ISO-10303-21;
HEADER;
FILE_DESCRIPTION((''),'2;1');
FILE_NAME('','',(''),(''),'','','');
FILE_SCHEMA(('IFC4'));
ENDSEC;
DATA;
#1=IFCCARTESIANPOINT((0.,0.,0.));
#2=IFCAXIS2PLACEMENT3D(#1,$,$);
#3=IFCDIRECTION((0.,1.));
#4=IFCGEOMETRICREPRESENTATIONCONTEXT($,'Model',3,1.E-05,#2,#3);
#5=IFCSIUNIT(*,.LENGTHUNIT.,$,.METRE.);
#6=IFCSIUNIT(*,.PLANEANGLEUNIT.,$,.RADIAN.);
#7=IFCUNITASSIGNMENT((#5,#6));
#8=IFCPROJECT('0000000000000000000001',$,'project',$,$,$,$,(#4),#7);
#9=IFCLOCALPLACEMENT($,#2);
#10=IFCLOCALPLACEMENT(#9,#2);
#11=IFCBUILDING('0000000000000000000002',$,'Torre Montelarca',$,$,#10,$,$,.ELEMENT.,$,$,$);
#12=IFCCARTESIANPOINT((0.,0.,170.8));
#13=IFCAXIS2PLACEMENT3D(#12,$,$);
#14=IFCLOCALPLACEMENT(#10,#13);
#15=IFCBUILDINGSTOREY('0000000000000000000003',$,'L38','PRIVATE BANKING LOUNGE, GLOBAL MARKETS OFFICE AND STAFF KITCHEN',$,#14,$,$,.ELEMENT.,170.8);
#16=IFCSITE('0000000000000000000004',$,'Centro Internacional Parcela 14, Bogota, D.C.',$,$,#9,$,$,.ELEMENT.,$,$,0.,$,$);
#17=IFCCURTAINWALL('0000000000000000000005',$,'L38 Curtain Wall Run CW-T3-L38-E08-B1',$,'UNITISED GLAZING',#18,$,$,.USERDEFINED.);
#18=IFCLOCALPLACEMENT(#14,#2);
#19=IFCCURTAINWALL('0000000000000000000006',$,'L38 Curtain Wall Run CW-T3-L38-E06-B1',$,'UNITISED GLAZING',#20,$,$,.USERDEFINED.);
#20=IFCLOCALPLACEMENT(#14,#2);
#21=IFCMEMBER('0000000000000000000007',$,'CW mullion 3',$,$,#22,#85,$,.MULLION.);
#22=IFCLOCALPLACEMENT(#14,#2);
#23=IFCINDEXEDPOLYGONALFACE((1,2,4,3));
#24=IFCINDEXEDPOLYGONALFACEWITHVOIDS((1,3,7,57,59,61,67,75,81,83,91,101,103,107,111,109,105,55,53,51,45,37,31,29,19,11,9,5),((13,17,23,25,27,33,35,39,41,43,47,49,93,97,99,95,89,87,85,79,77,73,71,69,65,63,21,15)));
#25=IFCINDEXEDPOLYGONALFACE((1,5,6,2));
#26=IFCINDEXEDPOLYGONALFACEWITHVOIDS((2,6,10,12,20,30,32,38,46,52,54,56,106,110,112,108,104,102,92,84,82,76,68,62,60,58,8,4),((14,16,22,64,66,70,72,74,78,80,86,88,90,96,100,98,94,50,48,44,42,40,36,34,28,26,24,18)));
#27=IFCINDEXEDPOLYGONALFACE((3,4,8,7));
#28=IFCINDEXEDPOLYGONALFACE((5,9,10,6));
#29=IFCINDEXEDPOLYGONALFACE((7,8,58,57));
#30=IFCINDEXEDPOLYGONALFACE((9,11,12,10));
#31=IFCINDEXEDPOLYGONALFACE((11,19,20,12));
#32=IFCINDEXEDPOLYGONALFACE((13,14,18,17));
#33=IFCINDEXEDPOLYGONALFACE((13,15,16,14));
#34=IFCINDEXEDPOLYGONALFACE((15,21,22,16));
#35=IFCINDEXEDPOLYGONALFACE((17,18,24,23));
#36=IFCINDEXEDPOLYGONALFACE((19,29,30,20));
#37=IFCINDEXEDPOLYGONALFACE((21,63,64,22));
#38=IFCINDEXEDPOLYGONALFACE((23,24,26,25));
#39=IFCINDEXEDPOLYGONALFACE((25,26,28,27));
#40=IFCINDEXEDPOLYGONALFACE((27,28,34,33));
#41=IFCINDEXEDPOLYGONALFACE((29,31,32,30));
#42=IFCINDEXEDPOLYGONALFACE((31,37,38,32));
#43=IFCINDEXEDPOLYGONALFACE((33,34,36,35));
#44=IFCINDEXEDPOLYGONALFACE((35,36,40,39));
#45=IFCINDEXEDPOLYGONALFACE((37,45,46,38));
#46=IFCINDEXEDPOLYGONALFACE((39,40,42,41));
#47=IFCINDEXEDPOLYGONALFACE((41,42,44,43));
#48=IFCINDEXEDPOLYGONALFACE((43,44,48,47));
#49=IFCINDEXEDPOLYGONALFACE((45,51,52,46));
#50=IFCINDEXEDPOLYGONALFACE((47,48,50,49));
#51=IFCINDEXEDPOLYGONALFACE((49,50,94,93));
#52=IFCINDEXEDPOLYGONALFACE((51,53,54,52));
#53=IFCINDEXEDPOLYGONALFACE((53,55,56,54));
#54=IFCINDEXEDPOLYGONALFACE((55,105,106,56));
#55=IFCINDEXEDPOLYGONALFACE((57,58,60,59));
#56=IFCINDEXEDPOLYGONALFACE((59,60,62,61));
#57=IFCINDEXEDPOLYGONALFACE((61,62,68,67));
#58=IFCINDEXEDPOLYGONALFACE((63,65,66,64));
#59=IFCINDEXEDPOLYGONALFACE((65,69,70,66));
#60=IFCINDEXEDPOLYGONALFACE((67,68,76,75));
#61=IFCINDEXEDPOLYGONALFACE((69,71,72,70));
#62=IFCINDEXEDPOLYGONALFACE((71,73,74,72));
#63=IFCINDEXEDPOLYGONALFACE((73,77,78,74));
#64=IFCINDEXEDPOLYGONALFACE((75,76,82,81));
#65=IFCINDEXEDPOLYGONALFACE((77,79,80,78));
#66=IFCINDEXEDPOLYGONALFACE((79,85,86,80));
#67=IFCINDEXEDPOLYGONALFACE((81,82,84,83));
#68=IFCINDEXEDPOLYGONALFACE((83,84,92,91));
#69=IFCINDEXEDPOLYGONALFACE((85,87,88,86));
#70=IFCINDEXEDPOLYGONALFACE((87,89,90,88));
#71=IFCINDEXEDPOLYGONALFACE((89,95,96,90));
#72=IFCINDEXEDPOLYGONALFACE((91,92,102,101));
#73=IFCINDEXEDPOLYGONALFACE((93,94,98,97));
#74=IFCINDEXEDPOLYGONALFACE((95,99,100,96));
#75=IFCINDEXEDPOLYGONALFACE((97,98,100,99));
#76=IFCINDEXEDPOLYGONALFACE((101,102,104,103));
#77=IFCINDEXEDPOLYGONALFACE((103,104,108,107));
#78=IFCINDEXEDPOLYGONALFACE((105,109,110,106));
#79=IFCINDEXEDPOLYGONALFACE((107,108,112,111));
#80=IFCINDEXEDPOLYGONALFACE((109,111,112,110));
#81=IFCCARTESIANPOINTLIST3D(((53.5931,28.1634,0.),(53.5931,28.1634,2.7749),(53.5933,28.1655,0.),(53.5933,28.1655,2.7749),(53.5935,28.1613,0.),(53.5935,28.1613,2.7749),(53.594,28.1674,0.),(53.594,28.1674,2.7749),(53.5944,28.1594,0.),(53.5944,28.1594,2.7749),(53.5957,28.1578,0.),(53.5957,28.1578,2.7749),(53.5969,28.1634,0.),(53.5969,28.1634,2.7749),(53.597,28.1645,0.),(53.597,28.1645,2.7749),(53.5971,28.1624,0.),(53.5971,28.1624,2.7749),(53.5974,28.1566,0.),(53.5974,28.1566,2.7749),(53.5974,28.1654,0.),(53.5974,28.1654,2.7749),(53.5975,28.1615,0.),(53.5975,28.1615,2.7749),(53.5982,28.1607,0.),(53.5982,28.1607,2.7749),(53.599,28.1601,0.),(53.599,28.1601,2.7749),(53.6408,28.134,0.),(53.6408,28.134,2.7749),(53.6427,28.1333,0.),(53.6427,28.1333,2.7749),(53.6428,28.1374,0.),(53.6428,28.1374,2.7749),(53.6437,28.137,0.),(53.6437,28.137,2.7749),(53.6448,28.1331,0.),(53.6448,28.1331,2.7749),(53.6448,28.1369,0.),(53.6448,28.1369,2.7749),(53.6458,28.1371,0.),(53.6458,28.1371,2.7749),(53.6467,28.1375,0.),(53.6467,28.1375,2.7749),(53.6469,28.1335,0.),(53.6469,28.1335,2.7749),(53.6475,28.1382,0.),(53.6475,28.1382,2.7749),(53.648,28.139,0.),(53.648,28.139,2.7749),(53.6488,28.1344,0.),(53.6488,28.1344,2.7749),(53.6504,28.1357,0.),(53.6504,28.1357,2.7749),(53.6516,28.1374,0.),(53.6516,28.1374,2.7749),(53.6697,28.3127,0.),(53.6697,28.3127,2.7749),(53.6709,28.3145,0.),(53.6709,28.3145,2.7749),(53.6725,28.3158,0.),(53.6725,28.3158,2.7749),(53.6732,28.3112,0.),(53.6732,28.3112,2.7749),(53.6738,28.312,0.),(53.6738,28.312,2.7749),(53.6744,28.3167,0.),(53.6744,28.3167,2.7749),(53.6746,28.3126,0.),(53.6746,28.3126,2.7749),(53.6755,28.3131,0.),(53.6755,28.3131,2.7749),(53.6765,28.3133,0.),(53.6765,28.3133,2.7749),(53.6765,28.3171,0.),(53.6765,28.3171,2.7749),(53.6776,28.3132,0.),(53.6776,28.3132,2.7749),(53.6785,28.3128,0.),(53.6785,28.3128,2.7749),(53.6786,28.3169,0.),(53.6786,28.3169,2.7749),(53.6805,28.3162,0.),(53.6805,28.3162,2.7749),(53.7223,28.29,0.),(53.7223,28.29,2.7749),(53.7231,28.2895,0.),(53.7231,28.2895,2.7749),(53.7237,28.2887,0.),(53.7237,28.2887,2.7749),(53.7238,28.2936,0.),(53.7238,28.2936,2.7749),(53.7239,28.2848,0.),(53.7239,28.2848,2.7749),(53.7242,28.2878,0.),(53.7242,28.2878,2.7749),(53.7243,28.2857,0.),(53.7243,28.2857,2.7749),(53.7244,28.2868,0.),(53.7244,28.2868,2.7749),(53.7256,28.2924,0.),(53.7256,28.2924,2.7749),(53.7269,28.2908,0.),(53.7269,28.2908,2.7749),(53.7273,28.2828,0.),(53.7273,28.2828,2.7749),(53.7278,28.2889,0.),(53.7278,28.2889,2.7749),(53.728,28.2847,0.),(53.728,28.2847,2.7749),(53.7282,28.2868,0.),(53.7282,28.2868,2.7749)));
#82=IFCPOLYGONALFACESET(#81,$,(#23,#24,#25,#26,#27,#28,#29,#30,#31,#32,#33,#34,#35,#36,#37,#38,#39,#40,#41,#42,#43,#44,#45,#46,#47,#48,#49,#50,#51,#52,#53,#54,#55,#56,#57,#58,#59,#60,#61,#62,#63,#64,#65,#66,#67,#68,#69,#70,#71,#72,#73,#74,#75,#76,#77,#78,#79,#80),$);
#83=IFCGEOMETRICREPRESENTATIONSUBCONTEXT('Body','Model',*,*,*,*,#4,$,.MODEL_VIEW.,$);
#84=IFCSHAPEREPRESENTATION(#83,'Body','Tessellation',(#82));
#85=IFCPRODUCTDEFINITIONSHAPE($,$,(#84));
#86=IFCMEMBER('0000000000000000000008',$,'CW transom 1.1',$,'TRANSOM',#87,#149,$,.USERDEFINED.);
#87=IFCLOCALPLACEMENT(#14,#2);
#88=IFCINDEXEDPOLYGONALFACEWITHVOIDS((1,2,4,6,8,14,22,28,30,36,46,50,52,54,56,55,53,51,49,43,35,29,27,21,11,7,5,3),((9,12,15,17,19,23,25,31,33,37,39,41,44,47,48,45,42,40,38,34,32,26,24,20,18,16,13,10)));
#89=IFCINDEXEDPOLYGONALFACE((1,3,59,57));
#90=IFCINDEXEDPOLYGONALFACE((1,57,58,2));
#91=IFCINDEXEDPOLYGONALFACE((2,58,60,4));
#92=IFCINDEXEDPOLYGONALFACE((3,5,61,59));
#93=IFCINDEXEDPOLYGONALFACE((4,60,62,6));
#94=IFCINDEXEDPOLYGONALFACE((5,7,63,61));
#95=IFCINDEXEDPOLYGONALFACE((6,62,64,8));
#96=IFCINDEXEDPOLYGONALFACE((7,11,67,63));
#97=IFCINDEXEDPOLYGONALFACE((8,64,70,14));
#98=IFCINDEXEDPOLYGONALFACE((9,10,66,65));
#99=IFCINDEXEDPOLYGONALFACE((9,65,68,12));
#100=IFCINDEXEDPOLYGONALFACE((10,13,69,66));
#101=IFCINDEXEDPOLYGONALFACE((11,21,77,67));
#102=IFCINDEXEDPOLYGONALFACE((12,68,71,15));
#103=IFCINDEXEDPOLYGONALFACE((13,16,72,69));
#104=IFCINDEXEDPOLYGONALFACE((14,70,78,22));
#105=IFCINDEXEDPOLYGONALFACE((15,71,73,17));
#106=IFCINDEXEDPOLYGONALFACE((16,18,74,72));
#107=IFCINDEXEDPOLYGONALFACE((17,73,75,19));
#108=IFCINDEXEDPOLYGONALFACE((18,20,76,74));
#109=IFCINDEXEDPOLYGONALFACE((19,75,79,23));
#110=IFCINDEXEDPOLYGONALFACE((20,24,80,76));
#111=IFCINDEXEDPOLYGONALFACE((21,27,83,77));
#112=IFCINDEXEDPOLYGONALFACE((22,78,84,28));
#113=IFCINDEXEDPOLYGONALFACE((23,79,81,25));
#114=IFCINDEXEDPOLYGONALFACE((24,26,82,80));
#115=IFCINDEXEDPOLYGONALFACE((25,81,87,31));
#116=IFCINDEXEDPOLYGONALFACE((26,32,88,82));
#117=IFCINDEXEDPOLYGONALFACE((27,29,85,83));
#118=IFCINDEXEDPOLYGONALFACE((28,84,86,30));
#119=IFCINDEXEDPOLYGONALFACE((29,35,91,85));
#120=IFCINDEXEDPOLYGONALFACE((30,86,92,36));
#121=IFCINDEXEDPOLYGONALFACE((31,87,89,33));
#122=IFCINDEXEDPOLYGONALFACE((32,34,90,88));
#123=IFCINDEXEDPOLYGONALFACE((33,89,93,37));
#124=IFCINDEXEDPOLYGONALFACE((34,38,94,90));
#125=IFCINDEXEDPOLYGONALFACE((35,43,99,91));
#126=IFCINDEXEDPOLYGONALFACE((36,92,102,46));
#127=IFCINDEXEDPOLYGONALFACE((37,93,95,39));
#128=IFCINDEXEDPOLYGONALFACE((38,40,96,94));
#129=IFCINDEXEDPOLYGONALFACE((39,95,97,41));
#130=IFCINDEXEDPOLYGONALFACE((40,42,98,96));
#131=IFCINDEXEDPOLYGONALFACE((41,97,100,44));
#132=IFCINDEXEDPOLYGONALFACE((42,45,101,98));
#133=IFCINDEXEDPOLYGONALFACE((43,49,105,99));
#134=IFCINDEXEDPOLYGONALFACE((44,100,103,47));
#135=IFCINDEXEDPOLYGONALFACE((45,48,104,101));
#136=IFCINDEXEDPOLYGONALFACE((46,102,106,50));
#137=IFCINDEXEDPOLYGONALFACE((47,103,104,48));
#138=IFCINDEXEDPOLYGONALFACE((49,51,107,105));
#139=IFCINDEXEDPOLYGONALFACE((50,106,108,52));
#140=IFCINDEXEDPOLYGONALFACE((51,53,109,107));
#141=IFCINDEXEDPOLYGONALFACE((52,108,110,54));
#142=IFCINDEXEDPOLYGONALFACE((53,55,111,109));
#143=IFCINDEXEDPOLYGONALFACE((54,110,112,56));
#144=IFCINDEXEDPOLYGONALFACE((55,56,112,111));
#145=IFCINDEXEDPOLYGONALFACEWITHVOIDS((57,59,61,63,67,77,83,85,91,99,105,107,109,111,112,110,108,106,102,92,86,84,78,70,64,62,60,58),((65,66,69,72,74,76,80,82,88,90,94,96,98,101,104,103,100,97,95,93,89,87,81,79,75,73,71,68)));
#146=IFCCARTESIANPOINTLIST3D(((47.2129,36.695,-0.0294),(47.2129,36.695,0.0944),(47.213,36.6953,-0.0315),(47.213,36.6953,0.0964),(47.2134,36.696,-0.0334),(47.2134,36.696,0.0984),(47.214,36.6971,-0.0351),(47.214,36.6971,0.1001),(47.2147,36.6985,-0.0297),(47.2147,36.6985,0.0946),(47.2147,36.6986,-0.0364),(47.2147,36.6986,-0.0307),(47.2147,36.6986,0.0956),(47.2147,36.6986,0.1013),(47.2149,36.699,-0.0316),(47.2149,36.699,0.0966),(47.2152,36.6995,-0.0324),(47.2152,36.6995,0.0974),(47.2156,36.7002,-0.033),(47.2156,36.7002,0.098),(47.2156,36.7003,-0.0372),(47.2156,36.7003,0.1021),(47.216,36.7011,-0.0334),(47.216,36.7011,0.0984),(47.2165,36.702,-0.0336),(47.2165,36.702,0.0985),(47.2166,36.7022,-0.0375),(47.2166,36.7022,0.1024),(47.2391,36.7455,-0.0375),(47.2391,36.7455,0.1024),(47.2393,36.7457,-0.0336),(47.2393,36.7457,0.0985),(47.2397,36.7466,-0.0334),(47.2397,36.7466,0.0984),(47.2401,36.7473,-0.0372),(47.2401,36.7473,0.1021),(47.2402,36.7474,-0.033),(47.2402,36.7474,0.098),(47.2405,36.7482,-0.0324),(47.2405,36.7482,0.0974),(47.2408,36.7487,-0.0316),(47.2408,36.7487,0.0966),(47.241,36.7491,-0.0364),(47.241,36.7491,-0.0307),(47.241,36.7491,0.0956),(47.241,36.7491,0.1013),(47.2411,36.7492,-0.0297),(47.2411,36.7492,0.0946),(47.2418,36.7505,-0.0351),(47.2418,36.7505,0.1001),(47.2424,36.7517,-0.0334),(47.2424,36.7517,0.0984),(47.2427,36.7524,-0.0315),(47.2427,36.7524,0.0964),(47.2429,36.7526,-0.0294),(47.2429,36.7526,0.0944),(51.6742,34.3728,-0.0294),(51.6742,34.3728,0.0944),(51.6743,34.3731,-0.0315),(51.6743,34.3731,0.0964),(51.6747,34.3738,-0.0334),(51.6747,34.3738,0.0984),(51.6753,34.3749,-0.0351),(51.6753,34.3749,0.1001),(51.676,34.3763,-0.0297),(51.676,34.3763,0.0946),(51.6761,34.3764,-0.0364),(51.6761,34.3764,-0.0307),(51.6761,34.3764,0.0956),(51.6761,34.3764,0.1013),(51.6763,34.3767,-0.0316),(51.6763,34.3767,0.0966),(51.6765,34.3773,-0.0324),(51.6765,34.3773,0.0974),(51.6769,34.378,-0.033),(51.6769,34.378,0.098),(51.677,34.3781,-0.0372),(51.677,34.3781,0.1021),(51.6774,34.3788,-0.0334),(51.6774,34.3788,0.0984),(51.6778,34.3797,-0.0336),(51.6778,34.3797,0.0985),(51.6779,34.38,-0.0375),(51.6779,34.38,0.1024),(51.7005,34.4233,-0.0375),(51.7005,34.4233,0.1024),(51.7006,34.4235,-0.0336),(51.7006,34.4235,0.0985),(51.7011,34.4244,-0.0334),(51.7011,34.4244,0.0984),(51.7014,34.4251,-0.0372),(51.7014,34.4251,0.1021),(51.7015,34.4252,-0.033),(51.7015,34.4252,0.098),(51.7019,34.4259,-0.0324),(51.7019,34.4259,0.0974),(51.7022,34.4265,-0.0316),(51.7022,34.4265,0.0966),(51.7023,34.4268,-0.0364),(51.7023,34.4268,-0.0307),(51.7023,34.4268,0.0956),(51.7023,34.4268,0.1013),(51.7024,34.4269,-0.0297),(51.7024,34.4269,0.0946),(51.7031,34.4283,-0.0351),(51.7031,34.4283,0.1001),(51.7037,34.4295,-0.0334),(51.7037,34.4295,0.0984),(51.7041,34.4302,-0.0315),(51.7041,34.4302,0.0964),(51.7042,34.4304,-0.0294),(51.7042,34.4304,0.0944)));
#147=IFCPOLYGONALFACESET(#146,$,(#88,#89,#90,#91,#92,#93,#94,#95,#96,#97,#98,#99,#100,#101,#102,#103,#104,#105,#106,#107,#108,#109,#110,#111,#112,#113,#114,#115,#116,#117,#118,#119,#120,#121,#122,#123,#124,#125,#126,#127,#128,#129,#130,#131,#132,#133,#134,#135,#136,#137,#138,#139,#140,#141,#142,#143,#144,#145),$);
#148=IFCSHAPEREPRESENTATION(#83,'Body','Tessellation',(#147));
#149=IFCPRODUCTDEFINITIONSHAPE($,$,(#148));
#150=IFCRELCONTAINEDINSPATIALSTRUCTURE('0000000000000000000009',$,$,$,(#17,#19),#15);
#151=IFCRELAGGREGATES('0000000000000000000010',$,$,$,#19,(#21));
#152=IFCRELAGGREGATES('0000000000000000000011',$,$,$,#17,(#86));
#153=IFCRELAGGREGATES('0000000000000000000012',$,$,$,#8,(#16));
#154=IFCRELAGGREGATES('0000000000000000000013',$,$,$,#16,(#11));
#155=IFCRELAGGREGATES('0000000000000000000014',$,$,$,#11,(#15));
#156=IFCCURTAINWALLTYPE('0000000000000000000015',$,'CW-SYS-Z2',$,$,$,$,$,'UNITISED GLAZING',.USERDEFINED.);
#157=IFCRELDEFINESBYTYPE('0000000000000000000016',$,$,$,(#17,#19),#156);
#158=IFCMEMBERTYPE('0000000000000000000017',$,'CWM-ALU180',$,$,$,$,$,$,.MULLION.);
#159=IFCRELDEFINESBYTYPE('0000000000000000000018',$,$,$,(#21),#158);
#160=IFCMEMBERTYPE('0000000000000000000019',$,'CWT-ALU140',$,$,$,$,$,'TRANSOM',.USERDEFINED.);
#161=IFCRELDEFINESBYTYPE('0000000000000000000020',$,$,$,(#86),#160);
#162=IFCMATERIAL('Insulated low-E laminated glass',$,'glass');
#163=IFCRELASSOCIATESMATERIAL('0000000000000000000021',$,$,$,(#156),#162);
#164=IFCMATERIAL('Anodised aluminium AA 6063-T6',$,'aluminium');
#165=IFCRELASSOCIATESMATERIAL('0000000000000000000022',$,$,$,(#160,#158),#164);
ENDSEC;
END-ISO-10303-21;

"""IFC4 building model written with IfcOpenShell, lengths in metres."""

from ifc_helpers import new_model, si_unit, direction, frame, origin, origin_2d, place, context, subcontext, project, spatial, hollow_rectangle, extrude, source, transform, mapped, material, material_profile, profile_set, type_object, element, aggregate, save


model = new_model("IFC4")

# Units and contexts
model_context = context("Model", 3, precision=1e-05, world=origin(), true_north=direction((0.0, 1.0)))
body_context = subcontext(model_context, "Body", "Model", "MODEL_VIEW")
ifc_project = project(units=[si_unit("LENGTHUNIT", "METRE"), si_unit("PLANEANGLEUNIT", "RADIAN")], contexts=[model_context])

# Site, building, storey
site_placement = place(None, origin())
site = spatial("IfcSite", under=ifc_project, at=site_placement, Name="Centro Internacional Parcela 14, Bogota, D.C.", CompositionType="ELEMENT", RefElevation=0.0)
building_placement = place(site_placement, origin())
building = spatial("IfcBuilding", under=site, at=building_placement, Name="Torre Montelarca", CompositionType="ELEMENT")
storey_placement = place(building_placement, frame((0.0, 0.0, 170.8)))
storey = spatial("IfcBuildingStorey", under=building, at=storey_placement, Name="L38", Description="PRIVATE BANKING LOUNGE, GLOBAL MARKETS OFFICE AND STAFF KITCHEN", CompositionType="ELEMENT", Elevation=170.8)

# Curtain wall
ifc_material_1 = material(Name="Insulated low-E laminated glass", Category="glass")
curtain_wall_type = type_object("IfcCurtainWallType", Name="CW-SYS-Z2", ElementType="UNITISED GLAZING", PredefinedType="USERDEFINED", material=ifc_material_1)
ifc_material_2 = material(Name="Anodised aluminium AA 6063-T6", Category="aluminium")
ifc_material_profile_1 = material_profile(ifc_material_2, hollow_rectangle(XDim=0.0649, YDim=0.1399, WallThickness=0.0039, InnerFilletRadius=0.0039, OuterFilletRadius=0.0081, at=origin_2d()), Name="ALU65X140X4", Category="aluminium")
ifc_profile_set_1 = profile_set([ifc_material_profile_1], Name="Anodised aluminium AA 6063-T6")
member_type_1 = type_object("IfcMemberType", Name="CWT-ALU140", ElementType="TRANSOM", PredefinedType="USERDEFINED", material=ifc_profile_set_1)
ifc_material_profile_2 = material_profile(ifc_material_2, hollow_rectangle(XDim=0.0649, YDim=0.1799, WallThickness=0.0039, InnerFilletRadius=0.0039, OuterFilletRadius=0.0081, at=origin_2d()), Name="ALU65X180X4", Category="aluminium")
ifc_profile_set_2 = profile_set([ifc_material_profile_2], Name="Anodised aluminium AA 6063-T6")
member_type_2 = type_object("IfcMemberType", Name="CWM-ALU180", PredefinedType="MULLION", material=ifc_profile_set_2)
curtain_wall_1_placement = place(storey_placement, origin())
curtain_wall_1 = element("IfcCurtainWall", 1, at=curtain_wall_1_placement, inside=storey, type_object=curtain_wall_type, Name="L38 Curtain Wall Run CW-T3-L38-E08-B1", ObjectType="UNITISED GLAZING", PredefinedType="USERDEFINED")

# Curtain wall, member
curtain_wall_2_placement = place(storey_placement, origin())
curtain_wall_2 = element("IfcCurtainWall", 2, at=curtain_wall_2_placement, inside=storey, type_object=curtain_wall_type, Name="L38 Curtain Wall Run CW-T3-L38-E06-B1", ObjectType="UNITISED GLAZING", PredefinedType="USERDEFINED")
shared_shape_1 = source(origin(), body_context, "Body", "SweptSolid", [
    extrude(hollow_rectangle(XDim=0.0649, YDim=0.1799, WallThickness=0.0039, InnerFilletRadius=0.0039, OuterFilletRadius=0.0081, at=origin_2d()), origin(), (0.0, 0.0, 1.0), 2.7749),
])
member_1_placement = place(storey_placement, frame((53.6606, 28.2251, 0.0), z_axis=(0.0, 0.0, 1.0), x_axis=(-0.887014, 0.461743, 0.0)))
member_1 = element("IfcMember", 3, at=member_1_placement, type_object=member_type_2, Name="CW mullion 3", PredefinedType="MULLION", context=body_context, shape_type="MappedRepresentation", body=[
    mapped(shared_shape_1, transform((0.0, 0.0, 0.0), scale=1.0)),
])
aggregate(curtain_wall_2, [member_1])

# Member
shared_shape_2 = source(origin(), body_context, "Body", "SweptSolid", [
    extrude(hollow_rectangle(XDim=0.0649, YDim=0.1399, WallThickness=0.0039, InnerFilletRadius=0.0039, OuterFilletRadius=0.0081, at=origin_2d()), origin(), (0.0, 0.0, 1.0), 5.0295),
])
member_2_placement = place(storey_placement, frame((51.6892, 34.4016, 0.0325), z_axis=(-0.887028, 0.461716, 0.0), x_axis=(-0.461716, -0.887028, 0.0)))
member_2 = element("IfcMember", 4, at=member_2_placement, type_object=member_type_1, Name="CW transom 1.1", ObjectType="TRANSOM", PredefinedType="USERDEFINED", context=body_context, shape_type="MappedRepresentation", body=[
    mapped(shared_shape_2, transform((0.0, 0.0, 0.0), scale=1.0)),
])

aggregate(curtain_wall_1, [member_2])

save(model, "model.ifc")
